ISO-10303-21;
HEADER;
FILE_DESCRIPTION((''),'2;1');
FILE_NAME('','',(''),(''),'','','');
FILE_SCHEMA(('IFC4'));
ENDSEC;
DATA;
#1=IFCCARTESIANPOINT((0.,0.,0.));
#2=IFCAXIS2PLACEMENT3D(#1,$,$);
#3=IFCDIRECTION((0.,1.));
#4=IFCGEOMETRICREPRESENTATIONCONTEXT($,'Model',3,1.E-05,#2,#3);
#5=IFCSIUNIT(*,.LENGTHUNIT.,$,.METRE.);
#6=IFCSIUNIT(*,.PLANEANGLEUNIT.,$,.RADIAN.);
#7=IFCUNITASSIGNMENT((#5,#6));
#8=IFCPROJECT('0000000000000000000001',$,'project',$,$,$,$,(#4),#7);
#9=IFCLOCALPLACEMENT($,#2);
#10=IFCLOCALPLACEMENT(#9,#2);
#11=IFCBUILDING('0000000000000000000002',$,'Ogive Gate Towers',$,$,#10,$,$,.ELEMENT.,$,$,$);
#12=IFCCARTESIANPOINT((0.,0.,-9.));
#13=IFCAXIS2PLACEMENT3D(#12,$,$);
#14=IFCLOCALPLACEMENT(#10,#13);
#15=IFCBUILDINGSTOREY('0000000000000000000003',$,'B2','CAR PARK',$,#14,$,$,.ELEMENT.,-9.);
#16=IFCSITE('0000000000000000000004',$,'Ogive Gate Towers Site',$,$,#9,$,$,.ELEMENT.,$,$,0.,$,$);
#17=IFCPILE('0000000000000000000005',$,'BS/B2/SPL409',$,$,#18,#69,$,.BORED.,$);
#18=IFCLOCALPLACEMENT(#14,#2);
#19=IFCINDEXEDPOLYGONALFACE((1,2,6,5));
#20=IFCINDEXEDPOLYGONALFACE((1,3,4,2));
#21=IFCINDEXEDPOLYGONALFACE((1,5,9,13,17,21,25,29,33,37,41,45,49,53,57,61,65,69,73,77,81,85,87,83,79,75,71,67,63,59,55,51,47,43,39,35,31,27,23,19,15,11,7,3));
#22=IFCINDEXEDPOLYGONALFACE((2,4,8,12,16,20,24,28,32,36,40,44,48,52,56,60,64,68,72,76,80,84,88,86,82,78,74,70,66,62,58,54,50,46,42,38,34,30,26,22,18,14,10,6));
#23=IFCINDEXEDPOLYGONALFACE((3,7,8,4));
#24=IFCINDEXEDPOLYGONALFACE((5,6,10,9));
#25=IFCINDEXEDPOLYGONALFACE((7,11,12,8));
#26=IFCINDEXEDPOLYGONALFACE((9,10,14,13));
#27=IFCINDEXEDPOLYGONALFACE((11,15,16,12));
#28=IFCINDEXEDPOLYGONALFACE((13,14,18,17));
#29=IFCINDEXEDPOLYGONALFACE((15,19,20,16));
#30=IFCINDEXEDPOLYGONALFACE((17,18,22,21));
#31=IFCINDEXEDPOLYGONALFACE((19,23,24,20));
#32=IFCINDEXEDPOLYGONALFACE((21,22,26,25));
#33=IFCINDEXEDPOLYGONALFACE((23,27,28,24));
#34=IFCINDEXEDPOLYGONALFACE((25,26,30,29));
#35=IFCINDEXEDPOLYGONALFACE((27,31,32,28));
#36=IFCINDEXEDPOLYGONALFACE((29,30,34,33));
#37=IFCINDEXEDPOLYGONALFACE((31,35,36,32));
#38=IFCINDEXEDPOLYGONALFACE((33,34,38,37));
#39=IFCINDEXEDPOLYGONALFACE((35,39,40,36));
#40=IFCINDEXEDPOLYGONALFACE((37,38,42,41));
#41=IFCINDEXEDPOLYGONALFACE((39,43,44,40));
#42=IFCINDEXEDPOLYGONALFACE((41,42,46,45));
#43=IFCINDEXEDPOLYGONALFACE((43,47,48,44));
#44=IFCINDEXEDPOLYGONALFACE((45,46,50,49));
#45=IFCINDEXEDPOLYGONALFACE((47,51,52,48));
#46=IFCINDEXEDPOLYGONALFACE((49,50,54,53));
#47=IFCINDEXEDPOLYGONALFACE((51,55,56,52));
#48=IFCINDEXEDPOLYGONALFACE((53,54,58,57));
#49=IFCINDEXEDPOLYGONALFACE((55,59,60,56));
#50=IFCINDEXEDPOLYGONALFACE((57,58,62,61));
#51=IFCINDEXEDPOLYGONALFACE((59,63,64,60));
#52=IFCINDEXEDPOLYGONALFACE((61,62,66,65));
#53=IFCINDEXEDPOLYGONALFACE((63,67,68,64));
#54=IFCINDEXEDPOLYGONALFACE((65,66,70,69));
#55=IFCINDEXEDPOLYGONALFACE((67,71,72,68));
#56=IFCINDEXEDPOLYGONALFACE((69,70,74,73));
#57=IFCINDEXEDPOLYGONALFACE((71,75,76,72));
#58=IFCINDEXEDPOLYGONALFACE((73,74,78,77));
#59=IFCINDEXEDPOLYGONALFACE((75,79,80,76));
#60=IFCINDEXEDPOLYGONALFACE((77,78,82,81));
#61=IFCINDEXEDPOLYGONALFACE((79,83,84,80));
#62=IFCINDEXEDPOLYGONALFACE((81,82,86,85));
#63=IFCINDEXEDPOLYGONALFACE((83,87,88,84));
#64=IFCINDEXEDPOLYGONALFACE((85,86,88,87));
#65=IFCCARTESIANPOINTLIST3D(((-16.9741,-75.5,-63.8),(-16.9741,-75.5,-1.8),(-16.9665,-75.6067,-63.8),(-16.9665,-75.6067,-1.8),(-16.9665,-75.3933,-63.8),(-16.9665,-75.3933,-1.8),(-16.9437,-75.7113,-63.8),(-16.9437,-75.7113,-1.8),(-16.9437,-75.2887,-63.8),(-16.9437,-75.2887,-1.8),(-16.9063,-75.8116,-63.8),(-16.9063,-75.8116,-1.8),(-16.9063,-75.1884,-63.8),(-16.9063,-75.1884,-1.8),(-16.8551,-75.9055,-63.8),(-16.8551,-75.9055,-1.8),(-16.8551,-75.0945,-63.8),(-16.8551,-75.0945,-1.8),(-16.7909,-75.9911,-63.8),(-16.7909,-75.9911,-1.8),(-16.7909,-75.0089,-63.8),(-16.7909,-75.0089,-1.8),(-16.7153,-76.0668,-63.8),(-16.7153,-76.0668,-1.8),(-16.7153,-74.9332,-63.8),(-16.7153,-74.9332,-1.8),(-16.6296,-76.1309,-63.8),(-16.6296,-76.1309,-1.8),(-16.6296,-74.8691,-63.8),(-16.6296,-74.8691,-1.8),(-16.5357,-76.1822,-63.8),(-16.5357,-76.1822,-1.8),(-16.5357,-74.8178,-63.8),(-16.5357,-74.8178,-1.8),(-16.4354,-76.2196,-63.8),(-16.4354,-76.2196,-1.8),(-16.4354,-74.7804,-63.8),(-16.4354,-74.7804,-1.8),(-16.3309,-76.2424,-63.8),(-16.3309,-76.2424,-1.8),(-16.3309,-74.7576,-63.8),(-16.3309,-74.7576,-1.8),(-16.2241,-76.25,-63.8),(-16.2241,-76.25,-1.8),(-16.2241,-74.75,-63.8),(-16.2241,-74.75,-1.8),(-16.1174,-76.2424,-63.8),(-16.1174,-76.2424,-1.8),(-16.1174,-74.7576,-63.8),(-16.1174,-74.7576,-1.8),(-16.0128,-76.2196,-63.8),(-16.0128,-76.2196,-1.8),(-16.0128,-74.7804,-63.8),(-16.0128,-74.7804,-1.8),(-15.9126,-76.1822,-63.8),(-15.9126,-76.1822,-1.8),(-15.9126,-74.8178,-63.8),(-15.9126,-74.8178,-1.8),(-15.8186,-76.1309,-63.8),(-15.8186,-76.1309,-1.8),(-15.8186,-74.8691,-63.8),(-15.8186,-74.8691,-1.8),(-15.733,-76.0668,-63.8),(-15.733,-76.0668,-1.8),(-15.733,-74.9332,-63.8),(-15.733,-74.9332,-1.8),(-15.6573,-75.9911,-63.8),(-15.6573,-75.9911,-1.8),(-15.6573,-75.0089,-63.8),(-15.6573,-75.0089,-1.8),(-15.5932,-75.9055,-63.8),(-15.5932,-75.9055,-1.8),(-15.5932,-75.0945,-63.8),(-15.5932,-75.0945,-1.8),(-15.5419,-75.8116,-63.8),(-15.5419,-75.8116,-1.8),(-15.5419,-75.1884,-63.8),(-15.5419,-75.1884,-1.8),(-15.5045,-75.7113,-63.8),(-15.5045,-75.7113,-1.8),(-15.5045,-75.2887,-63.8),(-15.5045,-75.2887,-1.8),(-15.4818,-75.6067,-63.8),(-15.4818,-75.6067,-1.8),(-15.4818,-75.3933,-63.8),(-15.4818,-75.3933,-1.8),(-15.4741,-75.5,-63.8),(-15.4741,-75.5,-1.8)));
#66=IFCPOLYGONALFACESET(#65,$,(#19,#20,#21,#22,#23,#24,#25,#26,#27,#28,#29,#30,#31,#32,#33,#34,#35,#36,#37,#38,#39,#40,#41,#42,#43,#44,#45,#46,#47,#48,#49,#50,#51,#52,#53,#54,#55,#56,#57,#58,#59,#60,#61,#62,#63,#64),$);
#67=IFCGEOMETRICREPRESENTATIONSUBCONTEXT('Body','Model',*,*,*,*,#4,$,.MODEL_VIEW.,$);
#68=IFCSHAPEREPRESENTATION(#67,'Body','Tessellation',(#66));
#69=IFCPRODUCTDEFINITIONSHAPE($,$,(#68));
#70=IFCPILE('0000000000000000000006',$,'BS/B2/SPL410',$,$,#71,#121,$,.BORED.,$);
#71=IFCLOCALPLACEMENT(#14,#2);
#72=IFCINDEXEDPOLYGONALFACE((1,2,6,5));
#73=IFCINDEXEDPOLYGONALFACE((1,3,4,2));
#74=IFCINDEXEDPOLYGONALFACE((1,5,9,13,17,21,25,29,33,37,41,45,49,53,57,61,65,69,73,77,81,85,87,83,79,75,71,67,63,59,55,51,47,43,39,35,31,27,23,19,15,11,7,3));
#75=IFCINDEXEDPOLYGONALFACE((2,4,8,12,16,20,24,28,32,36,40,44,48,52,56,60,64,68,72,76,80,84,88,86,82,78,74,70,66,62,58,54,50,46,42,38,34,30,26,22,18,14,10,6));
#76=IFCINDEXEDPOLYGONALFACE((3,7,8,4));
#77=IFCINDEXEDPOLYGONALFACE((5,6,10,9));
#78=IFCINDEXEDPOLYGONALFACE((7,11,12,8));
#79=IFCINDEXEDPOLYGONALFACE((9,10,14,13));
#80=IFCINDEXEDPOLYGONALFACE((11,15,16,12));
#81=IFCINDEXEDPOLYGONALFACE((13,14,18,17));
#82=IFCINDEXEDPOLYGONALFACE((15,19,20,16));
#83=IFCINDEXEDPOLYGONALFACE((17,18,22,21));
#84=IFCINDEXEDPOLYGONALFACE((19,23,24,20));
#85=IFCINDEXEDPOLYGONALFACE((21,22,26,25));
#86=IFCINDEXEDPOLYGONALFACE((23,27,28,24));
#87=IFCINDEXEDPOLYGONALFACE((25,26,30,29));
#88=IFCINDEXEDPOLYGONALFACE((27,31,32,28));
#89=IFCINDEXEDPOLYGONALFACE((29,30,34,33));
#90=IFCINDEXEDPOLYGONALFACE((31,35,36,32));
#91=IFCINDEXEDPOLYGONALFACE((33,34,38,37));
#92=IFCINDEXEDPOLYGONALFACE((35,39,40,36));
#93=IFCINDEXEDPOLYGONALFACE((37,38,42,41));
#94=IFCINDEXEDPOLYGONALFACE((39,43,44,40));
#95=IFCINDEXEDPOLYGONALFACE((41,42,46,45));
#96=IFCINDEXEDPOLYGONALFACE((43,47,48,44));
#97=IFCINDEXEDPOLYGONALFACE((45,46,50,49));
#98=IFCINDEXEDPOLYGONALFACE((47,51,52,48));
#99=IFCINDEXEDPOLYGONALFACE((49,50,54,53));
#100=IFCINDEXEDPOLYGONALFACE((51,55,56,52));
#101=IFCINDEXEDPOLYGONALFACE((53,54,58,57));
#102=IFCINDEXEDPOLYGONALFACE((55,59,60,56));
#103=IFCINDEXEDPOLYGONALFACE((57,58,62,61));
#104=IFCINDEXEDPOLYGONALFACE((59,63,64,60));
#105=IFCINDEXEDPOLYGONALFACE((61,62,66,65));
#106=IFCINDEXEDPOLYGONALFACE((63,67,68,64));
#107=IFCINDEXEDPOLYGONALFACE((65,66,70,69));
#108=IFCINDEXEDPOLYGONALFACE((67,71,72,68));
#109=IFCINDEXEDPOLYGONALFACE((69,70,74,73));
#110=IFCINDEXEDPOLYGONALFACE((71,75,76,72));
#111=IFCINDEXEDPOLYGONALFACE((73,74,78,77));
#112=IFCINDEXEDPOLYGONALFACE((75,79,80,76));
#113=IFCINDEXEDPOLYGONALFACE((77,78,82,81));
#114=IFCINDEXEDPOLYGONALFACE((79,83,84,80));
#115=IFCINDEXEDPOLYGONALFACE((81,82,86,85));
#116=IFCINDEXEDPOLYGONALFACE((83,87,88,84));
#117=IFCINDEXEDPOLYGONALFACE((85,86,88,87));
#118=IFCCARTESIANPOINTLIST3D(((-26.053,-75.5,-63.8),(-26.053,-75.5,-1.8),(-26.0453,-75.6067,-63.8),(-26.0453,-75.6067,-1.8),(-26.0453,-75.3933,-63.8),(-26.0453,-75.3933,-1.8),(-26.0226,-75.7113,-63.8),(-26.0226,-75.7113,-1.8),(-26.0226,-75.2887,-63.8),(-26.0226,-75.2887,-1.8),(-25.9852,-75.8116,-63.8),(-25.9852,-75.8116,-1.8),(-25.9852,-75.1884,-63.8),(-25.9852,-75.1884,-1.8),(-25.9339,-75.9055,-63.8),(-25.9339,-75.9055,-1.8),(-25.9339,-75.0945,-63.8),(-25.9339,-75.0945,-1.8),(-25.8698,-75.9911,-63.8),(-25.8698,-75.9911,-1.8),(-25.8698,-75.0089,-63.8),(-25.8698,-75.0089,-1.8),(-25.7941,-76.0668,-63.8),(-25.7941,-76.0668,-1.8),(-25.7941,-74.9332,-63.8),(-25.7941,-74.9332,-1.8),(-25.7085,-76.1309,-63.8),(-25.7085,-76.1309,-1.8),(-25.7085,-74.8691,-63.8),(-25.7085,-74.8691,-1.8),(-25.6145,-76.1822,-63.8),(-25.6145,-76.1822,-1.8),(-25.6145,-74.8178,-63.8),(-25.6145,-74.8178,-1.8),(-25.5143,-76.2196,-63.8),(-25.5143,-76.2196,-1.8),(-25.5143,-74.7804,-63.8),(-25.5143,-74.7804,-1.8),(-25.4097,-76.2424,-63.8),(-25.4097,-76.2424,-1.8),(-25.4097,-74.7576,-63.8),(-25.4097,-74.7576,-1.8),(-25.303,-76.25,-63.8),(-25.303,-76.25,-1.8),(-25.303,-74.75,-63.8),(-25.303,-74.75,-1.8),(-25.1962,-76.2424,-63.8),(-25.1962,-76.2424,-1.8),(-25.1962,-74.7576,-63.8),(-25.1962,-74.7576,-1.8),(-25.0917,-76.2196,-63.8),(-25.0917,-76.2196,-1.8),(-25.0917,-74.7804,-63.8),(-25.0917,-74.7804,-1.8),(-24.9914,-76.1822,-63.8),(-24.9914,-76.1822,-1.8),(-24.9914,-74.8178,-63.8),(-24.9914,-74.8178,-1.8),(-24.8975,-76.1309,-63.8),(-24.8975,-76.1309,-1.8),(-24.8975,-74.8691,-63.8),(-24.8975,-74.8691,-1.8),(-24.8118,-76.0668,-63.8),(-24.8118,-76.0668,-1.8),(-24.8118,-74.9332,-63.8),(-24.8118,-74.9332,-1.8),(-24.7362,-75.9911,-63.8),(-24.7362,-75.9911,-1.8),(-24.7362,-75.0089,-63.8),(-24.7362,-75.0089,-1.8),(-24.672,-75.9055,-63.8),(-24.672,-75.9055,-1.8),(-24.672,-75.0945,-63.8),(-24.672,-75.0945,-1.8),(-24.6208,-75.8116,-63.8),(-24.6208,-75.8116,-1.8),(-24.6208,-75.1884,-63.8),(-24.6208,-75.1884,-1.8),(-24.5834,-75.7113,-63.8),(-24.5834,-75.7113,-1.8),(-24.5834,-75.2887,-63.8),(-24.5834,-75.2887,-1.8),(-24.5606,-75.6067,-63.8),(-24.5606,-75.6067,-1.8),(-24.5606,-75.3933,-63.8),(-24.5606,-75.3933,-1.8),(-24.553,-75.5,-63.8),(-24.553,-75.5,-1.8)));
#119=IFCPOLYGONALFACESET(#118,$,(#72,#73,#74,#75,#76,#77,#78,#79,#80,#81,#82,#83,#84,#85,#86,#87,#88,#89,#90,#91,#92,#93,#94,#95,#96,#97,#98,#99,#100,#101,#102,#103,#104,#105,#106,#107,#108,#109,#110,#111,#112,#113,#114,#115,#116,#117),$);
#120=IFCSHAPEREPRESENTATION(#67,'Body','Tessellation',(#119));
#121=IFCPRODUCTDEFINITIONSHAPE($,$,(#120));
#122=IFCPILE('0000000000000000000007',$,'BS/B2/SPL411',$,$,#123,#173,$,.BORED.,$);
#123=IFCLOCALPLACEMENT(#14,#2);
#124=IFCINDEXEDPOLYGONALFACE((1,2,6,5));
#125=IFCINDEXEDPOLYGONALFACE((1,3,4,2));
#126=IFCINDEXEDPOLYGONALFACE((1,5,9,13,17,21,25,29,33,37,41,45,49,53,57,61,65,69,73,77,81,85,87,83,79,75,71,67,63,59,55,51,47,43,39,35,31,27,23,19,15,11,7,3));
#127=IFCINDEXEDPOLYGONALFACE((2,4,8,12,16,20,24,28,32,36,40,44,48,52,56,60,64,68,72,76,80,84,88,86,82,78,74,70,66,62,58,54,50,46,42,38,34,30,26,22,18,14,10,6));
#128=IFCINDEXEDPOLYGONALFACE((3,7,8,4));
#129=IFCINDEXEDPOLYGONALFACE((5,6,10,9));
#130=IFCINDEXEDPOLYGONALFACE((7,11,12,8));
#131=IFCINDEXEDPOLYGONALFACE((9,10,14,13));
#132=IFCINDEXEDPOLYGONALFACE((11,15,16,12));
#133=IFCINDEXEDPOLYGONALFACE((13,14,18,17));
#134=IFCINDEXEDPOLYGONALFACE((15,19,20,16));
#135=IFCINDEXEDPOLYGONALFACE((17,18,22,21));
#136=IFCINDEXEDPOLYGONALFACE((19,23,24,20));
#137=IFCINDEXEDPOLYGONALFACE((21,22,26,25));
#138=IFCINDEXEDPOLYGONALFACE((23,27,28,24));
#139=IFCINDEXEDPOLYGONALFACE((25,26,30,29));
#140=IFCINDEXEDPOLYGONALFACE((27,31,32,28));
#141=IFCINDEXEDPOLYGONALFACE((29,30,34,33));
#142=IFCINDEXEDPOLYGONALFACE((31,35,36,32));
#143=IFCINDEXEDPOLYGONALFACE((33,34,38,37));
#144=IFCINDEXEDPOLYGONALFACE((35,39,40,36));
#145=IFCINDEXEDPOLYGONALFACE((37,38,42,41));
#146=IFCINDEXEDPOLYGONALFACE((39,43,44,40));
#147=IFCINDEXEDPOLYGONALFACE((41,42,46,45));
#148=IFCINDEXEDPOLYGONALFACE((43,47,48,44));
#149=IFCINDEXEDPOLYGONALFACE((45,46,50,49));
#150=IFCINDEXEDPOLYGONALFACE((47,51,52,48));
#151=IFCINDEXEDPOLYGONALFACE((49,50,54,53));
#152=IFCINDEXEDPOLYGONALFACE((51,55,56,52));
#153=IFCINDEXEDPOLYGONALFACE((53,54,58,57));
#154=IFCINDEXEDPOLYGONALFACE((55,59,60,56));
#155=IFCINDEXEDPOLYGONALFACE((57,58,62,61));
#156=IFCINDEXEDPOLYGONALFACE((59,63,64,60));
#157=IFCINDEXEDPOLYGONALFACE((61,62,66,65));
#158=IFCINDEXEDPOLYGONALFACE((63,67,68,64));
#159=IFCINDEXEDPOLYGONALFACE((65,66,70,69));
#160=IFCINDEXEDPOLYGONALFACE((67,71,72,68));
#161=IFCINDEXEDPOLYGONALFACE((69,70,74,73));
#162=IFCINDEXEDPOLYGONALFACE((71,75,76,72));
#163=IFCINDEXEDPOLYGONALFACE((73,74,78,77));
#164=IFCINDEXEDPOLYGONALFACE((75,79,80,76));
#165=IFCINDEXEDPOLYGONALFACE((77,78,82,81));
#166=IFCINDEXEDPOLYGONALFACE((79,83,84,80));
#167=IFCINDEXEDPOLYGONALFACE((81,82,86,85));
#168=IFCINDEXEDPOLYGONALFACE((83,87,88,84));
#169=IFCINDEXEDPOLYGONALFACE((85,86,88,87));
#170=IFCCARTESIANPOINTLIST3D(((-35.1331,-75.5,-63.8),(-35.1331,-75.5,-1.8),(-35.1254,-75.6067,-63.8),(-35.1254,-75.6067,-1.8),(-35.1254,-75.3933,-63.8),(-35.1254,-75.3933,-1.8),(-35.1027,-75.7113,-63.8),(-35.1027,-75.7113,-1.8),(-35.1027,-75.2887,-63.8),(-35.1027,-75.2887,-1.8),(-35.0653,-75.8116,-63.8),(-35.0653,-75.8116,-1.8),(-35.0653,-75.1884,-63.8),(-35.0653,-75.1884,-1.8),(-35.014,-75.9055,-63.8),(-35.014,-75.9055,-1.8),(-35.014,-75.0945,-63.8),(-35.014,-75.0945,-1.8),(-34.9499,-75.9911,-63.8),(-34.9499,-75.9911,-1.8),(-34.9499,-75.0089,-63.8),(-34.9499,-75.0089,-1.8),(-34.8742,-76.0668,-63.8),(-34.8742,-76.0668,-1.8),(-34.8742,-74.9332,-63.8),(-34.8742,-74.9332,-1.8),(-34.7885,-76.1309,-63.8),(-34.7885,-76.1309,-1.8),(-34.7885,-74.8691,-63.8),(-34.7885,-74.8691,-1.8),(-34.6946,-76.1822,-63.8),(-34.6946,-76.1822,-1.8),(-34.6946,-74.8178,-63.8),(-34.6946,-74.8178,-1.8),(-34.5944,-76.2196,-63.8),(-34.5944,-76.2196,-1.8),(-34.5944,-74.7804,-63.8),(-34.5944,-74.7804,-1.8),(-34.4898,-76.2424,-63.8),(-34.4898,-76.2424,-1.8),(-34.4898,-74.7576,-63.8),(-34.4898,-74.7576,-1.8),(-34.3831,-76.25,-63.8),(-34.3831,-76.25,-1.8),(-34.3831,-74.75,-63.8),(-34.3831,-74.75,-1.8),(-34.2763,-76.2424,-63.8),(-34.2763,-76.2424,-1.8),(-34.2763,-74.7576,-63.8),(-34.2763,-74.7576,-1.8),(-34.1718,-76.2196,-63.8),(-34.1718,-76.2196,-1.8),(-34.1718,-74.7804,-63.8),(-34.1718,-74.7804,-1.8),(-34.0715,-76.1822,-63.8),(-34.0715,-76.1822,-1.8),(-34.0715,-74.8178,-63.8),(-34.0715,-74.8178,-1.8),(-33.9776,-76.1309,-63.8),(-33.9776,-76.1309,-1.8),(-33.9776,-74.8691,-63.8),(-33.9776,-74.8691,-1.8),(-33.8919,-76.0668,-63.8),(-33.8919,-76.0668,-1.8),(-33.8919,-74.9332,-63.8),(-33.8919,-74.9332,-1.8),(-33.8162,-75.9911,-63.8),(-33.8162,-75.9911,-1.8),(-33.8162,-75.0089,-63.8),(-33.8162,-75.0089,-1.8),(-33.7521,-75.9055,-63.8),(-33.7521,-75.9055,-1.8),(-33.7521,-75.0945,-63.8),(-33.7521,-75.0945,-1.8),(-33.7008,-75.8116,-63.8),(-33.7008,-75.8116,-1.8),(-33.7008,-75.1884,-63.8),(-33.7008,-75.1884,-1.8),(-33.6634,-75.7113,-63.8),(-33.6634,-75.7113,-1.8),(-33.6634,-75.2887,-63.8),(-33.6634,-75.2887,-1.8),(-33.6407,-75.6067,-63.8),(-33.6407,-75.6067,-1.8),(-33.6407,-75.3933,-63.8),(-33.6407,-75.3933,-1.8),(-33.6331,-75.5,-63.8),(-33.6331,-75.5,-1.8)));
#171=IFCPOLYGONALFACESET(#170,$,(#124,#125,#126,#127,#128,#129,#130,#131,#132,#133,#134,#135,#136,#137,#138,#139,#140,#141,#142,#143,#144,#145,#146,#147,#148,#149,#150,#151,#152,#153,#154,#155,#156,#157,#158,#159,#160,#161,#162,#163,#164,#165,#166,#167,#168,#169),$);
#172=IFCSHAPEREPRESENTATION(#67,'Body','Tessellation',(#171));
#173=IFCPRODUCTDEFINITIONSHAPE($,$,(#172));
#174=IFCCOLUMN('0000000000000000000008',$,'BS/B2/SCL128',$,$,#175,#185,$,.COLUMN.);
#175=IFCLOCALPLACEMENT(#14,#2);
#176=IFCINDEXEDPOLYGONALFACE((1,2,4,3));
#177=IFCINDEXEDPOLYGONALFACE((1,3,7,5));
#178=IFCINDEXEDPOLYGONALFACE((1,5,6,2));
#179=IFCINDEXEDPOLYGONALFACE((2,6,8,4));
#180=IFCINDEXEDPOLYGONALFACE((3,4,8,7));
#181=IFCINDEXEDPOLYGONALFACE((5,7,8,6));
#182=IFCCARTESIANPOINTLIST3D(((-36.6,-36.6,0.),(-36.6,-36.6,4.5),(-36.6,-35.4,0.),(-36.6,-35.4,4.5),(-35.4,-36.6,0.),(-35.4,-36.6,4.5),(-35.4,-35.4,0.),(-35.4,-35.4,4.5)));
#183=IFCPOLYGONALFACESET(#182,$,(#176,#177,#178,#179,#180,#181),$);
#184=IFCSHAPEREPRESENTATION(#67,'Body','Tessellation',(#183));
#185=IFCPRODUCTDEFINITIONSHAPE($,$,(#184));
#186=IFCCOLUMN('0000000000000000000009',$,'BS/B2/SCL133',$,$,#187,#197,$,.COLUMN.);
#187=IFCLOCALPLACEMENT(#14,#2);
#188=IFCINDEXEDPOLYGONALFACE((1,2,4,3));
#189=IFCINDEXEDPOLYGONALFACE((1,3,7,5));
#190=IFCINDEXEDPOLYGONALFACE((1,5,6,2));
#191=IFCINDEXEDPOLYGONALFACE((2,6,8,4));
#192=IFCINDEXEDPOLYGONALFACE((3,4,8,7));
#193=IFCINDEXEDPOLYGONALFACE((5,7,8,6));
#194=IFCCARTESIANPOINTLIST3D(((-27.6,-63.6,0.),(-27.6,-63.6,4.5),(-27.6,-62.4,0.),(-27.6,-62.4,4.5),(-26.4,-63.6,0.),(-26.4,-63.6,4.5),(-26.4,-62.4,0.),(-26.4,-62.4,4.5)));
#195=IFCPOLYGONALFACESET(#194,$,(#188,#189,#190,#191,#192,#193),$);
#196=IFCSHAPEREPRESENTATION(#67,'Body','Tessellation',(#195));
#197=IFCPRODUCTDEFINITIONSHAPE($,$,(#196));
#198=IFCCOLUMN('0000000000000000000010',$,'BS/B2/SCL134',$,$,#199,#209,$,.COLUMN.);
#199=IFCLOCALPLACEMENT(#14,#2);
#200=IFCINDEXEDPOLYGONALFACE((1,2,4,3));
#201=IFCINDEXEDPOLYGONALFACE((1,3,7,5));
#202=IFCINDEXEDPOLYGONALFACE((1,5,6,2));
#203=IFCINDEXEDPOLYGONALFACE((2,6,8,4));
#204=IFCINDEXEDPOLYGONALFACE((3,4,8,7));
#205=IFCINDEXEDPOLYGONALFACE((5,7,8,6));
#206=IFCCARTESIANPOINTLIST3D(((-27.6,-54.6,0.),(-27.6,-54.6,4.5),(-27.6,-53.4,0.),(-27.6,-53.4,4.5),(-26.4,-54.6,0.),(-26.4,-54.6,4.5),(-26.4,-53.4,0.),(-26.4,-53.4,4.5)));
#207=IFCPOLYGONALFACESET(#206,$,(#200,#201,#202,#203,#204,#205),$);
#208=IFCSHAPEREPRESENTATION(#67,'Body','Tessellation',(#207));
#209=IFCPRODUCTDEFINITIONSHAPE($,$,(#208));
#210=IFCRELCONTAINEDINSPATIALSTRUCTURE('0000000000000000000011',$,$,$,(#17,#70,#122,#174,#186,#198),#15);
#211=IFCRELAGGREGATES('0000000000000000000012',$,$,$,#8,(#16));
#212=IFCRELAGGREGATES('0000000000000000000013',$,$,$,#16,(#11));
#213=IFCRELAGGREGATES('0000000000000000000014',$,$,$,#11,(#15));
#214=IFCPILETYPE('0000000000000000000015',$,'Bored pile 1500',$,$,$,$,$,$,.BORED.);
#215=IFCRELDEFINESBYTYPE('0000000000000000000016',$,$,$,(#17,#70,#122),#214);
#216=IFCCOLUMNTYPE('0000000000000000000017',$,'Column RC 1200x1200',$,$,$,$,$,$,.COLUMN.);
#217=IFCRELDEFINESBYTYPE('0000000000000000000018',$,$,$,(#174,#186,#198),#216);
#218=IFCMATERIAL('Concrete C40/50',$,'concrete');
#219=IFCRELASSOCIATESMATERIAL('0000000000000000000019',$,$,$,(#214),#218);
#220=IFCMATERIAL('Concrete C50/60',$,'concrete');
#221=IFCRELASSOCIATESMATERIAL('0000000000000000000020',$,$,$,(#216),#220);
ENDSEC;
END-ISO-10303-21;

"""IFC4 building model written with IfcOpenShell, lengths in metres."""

from ifc_helpers import new_model, si_unit, direction, frame, origin, origin_2d, place, context, subcontext, project, spatial, rectangle, circle, extrude, material, material_profile, profile_set, type_object, element, save


model = new_model("IFC4")

# Units and contexts
model_context = context("Model", 3, precision=1e-05, world=origin(), true_north=direction((0.0, 1.0)))
body_context = subcontext(model_context, "Body", "Model", "MODEL_VIEW")
ifc_project = project(units=[si_unit("LENGTHUNIT", "METRE"), si_unit("PLANEANGLEUNIT", "RADIAN")], contexts=[model_context])

# Site, building, storey
site_placement = place(None, origin())
site = spatial("IfcSite", under=ifc_project, at=site_placement, Name="Ogive Gate Towers Site", CompositionType="ELEMENT", RefElevation=0.0)
building_placement = place(site_placement, origin())
building = spatial("IfcBuilding", under=site, at=building_placement, Name="Ogive Gate Towers", CompositionType="ELEMENT")
storey_placement = place(building_placement, frame((0.0, 0.0, -9.0)))
storey = spatial("IfcBuildingStorey", under=building, at=storey_placement, Name="B2", Description="CAR PARK", CompositionType="ELEMENT", Elevation=-9.0)

# Piles
ifc_material_1 = material(Name="Concrete C40/50", Category="concrete")
ifc_material_profile_1 = material_profile(ifc_material_1, circle(Radius=0.75, at=origin_2d()), Name="BP 1500")
ifc_profile_set_1 = profile_set([ifc_material_profile_1], Name="Concrete C40/50")
pile_type = type_object("IfcPileType", Name="Bored pile 1500", PredefinedType="BORED", material=ifc_profile_set_1)
for number, where, z_axis, x_axis, name in (
    (1, (-16.2241, -75.5, -1.8), (0.0, 0.0, -1.0), (1.0, 0.0, 0.0), "BS/B2/SPL409"),
    (2, (-25.303, -75.5, -1.8), (0.0, 0.0, -1.0), (1.0, 0.0, 0.0), "BS/B2/SPL410"),
    (3, (-34.3831, -75.5, -1.8), (0.0, 0.0, -1.0), (1.0, 0.0, 0.0), "BS/B2/SPL411"),
):
    element("IfcPile", number, at=place(storey_placement, frame(where, z_axis=z_axis, x_axis=x_axis)), inside=storey, type_object=pile_type, Name=name, PredefinedType="BORED", context=body_context, shape_type="SweptSolid", body=[
        extrude(circle(Radius=0.75, at=origin_2d()), origin(), (0.0, 0.0, 1.0), 62.0),
    ])

# Columns
ifc_material_2 = material(Name="Concrete C50/60", Category="concrete")
ifc_material_profile_2 = material_profile(ifc_material_2, rectangle(XDim=1.2, YDim=1.2, at=origin_2d()), Name="RC 1200x1200")
ifc_profile_set_2 = profile_set([ifc_material_profile_2], Name="Concrete C50/60")
column_type = type_object("IfcColumnType", Name="Column RC 1200x1200", PredefinedType="COLUMN", material=ifc_profile_set_2)
for number, where, z_axis, x_axis, name in (
    (4, (-36.0, -36.0, 0.0), (0.0, 0.0, 1.0), (1.0, 0.0, 0.0), "BS/B2/SCL128"),
    (5, (-27.0, -63.0, 0.0), (0.0, 0.0, 1.0), (1.0, 0.0, 0.0), "BS/B2/SCL133"),
    (6, (-27.0, -54.0, 0.0), (0.0, 0.0, 1.0), (1.0, 0.0, 0.0), "BS/B2/SCL134"),
):
    element("IfcColumn", number, at=place(storey_placement, frame(where, z_axis=z_axis, x_axis=x_axis)), inside=storey, type_object=column_type, Name=name, PredefinedType="COLUMN", context=body_context, shape_type="SweptSolid", body=[
        extrude(rectangle(XDim=1.2, YDim=1.2, at=origin_2d()), origin(), (0.0, 0.0, 1.0), 4.5),
    ])

save(model, "model.ifc")
